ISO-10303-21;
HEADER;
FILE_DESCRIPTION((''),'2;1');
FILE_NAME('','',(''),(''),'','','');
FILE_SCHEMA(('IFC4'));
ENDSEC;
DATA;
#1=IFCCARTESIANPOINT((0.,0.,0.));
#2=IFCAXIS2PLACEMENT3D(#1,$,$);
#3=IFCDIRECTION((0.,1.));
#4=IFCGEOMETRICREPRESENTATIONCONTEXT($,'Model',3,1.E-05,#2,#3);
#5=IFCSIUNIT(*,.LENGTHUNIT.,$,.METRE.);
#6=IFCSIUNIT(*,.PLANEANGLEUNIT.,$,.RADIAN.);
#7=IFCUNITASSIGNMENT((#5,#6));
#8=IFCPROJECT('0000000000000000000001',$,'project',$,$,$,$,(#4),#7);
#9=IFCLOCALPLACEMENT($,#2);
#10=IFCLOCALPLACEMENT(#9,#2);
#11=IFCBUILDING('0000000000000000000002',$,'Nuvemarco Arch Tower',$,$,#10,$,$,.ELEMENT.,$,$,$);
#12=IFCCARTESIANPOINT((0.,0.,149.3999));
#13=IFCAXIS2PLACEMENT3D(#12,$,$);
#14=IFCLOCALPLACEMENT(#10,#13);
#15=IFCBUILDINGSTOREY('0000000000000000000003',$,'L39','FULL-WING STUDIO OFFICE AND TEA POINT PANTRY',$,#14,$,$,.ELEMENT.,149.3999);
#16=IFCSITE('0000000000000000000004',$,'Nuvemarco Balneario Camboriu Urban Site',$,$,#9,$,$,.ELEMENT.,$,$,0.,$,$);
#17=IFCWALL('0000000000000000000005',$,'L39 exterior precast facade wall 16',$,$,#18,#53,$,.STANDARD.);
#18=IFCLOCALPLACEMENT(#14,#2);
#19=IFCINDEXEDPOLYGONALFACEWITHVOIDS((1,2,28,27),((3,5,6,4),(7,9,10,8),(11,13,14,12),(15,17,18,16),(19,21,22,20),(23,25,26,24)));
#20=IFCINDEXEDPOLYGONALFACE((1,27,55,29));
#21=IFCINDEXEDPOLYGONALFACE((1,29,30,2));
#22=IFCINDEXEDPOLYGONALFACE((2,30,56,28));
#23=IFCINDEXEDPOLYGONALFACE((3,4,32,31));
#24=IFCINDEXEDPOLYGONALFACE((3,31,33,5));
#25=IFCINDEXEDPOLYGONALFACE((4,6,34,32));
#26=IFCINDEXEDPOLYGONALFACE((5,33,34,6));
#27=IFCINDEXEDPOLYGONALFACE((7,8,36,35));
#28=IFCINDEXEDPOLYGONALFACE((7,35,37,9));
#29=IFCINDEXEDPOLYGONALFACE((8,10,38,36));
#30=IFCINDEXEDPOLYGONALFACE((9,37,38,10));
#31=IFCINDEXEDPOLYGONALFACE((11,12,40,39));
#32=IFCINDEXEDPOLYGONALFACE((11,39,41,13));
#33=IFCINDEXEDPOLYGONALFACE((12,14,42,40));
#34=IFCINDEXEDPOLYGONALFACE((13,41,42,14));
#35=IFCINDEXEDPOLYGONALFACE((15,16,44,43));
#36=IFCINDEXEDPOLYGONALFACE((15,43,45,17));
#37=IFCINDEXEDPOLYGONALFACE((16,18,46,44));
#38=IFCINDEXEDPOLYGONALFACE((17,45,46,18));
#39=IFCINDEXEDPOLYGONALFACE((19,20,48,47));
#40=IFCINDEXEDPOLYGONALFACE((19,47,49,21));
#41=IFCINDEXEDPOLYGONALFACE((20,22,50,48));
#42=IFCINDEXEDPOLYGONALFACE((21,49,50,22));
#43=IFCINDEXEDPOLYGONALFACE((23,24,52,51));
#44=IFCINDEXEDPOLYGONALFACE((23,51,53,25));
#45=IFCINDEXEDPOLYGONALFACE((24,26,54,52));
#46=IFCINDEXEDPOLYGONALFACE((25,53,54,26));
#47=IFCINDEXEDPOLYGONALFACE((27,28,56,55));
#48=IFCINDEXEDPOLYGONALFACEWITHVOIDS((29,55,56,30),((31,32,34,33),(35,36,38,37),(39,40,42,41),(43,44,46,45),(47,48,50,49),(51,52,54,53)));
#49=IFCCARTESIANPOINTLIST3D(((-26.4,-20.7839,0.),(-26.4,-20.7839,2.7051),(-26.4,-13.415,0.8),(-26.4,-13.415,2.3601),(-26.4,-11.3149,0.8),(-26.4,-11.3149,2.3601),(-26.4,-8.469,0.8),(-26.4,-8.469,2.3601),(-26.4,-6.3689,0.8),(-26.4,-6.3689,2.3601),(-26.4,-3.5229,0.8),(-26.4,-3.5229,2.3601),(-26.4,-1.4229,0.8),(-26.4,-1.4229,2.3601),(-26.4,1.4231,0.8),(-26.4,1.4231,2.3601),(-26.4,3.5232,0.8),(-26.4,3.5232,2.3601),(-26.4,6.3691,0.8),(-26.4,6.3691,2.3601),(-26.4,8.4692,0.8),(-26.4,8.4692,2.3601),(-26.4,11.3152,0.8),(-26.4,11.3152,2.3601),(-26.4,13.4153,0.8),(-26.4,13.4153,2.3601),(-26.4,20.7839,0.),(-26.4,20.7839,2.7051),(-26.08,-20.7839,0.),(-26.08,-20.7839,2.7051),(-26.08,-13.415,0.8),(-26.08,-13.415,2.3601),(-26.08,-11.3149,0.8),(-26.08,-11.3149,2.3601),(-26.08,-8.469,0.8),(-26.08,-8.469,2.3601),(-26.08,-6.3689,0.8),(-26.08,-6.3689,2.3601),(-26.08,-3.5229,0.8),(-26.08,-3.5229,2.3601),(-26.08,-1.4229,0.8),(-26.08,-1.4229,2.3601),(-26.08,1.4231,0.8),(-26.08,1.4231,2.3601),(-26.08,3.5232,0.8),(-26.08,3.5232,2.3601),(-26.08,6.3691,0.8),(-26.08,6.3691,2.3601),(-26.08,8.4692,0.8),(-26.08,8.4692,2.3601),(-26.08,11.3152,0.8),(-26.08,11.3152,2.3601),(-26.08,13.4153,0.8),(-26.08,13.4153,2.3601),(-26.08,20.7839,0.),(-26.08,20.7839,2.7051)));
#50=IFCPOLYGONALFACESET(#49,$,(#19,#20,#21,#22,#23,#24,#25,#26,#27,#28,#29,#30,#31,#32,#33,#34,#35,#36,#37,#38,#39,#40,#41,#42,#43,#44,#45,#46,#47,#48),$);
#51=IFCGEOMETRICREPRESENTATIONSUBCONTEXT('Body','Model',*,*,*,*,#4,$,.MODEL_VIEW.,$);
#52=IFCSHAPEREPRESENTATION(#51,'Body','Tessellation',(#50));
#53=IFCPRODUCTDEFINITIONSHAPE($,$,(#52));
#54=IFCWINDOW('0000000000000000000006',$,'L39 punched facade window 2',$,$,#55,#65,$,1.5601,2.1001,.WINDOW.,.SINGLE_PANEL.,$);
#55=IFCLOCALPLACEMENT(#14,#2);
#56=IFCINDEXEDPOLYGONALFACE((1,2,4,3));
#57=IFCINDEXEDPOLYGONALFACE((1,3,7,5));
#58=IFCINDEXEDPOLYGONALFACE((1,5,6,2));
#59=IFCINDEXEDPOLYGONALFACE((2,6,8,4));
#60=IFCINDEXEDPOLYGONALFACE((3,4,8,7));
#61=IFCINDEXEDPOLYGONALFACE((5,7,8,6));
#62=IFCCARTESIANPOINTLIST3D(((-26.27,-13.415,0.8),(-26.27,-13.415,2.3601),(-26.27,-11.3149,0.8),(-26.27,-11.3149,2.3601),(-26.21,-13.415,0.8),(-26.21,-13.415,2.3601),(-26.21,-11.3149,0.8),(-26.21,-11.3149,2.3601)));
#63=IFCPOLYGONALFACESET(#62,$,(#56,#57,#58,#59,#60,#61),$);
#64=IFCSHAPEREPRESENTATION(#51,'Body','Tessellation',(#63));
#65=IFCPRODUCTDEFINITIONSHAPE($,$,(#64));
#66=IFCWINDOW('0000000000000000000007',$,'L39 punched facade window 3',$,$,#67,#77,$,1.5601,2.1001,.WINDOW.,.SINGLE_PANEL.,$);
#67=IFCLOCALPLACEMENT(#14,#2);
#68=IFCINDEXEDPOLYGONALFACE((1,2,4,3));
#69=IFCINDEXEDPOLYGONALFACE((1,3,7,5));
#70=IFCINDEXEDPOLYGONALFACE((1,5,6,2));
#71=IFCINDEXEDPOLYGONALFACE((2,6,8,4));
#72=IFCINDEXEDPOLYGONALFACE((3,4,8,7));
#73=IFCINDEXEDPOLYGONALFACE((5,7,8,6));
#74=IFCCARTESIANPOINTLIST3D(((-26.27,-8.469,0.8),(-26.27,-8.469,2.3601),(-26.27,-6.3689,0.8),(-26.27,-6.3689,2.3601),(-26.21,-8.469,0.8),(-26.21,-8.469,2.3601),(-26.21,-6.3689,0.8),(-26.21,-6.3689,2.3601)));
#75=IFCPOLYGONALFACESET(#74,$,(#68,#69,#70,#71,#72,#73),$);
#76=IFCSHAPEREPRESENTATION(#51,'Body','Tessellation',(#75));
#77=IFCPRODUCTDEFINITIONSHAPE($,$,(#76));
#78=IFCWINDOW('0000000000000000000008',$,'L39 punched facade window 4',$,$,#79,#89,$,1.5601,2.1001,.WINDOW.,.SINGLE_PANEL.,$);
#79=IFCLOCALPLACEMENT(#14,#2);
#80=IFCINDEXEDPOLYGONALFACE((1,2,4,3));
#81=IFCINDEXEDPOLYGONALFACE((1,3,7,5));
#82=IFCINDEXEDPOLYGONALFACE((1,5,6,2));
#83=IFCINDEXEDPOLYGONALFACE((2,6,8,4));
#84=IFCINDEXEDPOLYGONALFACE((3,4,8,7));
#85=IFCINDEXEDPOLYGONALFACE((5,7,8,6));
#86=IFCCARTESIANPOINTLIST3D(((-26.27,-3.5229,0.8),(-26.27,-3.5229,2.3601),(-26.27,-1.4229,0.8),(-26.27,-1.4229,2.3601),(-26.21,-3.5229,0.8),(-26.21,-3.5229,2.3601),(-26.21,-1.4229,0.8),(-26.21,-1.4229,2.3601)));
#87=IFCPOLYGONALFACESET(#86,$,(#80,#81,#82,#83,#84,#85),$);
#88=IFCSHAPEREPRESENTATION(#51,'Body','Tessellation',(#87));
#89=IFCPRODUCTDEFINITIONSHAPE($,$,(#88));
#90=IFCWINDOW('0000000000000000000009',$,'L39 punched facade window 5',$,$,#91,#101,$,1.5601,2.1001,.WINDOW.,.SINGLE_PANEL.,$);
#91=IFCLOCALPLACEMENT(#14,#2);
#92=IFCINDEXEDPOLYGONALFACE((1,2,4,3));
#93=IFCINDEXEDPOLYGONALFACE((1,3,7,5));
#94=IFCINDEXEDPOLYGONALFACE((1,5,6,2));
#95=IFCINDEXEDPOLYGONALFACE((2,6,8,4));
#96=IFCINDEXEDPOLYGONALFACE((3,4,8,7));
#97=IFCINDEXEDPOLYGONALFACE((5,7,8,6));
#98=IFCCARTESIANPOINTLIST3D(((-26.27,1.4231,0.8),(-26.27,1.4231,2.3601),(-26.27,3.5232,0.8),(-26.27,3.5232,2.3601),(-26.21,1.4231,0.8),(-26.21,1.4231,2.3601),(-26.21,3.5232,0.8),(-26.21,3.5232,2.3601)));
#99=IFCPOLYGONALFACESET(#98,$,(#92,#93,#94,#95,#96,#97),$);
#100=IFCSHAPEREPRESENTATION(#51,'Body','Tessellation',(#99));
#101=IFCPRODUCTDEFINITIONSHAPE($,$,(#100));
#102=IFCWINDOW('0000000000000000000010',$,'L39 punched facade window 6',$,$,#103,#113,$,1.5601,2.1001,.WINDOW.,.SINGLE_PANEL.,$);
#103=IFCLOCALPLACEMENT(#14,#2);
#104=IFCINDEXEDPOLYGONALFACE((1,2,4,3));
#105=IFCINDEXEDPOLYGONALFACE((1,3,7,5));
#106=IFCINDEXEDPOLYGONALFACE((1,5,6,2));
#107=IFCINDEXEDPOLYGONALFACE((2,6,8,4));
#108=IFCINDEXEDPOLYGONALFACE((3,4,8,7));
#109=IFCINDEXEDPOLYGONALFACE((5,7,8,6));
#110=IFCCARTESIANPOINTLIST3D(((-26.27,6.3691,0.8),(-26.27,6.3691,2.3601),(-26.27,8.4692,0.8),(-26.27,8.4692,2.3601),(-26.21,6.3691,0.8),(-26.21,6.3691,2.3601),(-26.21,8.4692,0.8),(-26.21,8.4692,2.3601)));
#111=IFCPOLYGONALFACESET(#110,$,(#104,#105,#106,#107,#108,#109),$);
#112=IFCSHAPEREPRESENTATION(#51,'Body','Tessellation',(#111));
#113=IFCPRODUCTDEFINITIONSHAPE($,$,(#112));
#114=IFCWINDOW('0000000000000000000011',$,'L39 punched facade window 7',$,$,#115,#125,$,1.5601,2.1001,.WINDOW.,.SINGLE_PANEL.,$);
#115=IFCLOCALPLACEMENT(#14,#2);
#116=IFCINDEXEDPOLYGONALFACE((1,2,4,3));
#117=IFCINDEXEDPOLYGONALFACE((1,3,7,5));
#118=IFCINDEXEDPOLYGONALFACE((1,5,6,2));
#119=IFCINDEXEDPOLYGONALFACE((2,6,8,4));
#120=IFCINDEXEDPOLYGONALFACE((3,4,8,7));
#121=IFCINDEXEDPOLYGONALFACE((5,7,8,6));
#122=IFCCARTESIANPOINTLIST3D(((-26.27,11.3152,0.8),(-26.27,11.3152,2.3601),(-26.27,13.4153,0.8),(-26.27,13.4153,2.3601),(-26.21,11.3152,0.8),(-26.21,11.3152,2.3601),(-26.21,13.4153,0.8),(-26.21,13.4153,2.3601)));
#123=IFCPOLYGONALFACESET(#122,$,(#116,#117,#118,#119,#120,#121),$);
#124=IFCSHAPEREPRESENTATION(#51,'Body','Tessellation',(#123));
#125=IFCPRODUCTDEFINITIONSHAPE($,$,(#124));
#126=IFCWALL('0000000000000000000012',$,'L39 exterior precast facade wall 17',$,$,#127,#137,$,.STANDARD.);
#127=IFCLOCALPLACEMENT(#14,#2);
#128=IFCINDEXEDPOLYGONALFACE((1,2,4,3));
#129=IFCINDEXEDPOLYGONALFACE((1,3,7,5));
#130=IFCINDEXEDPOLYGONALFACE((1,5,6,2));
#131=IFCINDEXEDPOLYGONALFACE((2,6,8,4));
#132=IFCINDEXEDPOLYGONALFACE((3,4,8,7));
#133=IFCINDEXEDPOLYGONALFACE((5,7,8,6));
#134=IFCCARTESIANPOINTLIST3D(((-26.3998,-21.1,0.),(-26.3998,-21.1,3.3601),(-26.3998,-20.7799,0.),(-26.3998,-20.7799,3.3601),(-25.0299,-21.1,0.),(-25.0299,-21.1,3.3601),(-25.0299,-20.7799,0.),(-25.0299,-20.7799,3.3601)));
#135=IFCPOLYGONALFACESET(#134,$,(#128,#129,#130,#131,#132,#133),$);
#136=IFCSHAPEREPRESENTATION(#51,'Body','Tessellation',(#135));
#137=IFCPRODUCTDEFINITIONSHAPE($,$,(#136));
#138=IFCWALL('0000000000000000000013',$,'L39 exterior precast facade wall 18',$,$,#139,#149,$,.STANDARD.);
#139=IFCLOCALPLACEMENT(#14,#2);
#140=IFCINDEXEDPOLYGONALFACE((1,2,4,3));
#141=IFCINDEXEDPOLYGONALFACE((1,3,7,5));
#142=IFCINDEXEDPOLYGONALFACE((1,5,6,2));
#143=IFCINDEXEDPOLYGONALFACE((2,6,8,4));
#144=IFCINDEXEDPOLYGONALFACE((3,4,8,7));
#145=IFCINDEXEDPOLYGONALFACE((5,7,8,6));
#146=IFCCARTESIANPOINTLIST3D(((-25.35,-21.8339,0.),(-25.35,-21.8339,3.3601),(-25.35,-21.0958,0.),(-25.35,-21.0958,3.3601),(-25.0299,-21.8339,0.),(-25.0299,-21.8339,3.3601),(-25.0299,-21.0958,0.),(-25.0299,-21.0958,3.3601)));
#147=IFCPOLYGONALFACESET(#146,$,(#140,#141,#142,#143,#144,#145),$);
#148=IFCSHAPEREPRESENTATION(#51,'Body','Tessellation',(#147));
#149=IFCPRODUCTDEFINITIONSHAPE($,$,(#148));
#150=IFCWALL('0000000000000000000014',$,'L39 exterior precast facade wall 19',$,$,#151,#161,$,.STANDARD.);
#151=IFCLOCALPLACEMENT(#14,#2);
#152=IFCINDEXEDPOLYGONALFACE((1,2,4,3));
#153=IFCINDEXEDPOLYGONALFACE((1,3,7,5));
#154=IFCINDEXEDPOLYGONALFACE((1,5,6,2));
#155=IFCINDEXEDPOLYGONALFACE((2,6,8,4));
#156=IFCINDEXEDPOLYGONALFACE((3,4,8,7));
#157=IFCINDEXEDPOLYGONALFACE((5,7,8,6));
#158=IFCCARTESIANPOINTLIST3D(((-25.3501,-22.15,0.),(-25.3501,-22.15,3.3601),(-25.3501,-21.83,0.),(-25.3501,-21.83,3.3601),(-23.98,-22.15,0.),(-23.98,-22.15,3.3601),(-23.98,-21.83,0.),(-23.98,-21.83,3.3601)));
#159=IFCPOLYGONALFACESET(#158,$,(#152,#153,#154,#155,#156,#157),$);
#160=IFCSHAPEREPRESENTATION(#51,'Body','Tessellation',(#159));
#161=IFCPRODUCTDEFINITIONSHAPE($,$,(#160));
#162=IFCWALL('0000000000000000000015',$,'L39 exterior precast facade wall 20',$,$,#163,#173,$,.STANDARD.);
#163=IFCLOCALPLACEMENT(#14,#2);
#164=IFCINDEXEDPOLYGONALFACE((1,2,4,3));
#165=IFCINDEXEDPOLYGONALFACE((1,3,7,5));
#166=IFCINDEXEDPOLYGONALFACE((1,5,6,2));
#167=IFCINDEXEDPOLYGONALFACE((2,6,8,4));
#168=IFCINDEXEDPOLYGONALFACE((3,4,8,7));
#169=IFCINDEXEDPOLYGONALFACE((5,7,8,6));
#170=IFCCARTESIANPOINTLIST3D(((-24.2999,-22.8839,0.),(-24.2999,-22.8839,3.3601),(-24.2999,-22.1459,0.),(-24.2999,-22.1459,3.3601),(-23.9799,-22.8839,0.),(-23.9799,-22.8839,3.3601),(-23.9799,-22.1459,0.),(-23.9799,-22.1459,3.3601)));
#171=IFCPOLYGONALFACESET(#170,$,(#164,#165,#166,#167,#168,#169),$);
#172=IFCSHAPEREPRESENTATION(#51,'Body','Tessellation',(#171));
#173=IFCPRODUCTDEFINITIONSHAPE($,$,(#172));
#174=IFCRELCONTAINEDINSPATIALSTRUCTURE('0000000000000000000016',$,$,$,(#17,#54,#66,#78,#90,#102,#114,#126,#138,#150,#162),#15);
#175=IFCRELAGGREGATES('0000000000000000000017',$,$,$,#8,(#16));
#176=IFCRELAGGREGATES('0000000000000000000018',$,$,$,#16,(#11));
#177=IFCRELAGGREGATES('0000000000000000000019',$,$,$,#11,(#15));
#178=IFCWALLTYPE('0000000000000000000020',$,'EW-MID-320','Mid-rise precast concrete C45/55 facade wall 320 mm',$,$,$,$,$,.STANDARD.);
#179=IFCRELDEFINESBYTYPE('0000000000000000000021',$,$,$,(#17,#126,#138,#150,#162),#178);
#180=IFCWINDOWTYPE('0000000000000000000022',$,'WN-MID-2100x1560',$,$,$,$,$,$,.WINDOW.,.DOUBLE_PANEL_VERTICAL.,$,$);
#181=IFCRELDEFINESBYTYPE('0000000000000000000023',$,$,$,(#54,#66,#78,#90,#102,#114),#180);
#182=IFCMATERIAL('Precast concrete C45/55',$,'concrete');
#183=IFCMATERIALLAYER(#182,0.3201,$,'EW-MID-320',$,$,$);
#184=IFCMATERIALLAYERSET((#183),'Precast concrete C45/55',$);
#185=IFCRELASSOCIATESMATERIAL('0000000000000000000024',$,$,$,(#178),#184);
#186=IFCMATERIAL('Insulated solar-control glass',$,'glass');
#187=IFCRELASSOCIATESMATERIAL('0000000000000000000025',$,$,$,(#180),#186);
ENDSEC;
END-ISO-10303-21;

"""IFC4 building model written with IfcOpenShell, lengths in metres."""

from ifc_helpers import new_model, si_unit, direction, frame, frame_2d, origin, place, context, subcontext, project, spatial, rectangle, extrude, source, transform, mapped, material, layer, layer_set, type_object, type_shapes, element, fill, save


model = new_model("IFC4")

# Units and contexts
model_context = context("Model", 3, precision=1e-05, world=origin(), true_north=direction((0.0, 1.0)))
body_context = subcontext(model_context, "Body", "Model", "MODEL_VIEW")
ifc_project = project(units=[si_unit("LENGTHUNIT", "METRE"), si_unit("PLANEANGLEUNIT", "RADIAN")], contexts=[model_context])

# Site, building, storey
site_placement = place(None, origin())
site = spatial("IfcSite", under=ifc_project, at=site_placement, Name="Nuvemarco Balneario Camboriu Urban Site", CompositionType="ELEMENT", RefElevation=0.0)
building_placement = place(site_placement, origin())
building = spatial("IfcBuilding", under=site, at=building_placement, Name="Nuvemarco Arch Tower", CompositionType="ELEMENT")
storey_placement = place(building_placement, frame((0.0, 0.0, 149.3999)))
storey = spatial("IfcBuildingStorey", under=building, at=storey_placement, Name="L39", Description="FULL-WING STUDIO OFFICE AND TEA POINT PANTRY", CompositionType="ELEMENT", Elevation=149.3999)

# Shared definitions
ifc_material_1 = material(Name="Precast concrete C45/55", Category="concrete")
ifc_layer_1 = layer(ifc_material_1, 0.3201, Name="EW-MID-320")
ifc_layer_set_1 = layer_set([ifc_layer_1], Name="Precast concrete C45/55")
wall_type_1 = type_object("IfcWallType", Name="EW-MID-320", Description="Mid-rise precast concrete C45/55 facade wall 320 mm", PredefinedType="STANDARD", material=ifc_layer_set_1)
ifc_material_2 = material(Name="Insulated solar-control glass", Category="glass")

# Wall, openings, windows
wall_1_placement = place(storey_placement, frame((-26.24, -20.7839, 0.0), z_axis=(0.0, 0.0, 1.0), x_axis=(0.0, 1.0, 0.0)))
wall_1 = element("IfcWall", 1, at=wall_1_placement, inside=storey, type_object=wall_type_1, Name="L39 exterior precast facade wall 16", PredefinedType="STANDARD", context=body_context, shape_type="SweptSolid", body=[
    extrude(rectangle(XDim=41.5679, YDim=0.3201, at=frame_2d((20.7839, 0.0))), origin(), (0.0, 0.0, 1.0), 2.7051),
])
opening_1_placement = place(wall_1_placement, frame((7.3689, 0.0, 0.8)))
opening_1 = element("IfcOpeningElement", 2, at=opening_1_placement, cuts=wall_1, PredefinedType="OPENING", context=body_context, shape_type="SweptSolid", body=[
    extrude(rectangle(XDim=2.1001, YDim=1.5601, at=frame_2d((1.05, 0.78))), frame((0.0, 0.1699, 0.0), z_axis=(0.0, -1.0, 0.0), x_axis=(1.0, 0.0, 0.0)), (0.0, 0.0, 1.0), 0.3401),
])
opening_2_placement = place(wall_1_placement, frame((12.3149, 0.0, 0.8)))
opening_2 = element("IfcOpeningElement", 3, at=opening_2_placement, cuts=wall_1, PredefinedType="OPENING", context=body_context, shape_type="SweptSolid", body=[
    extrude(rectangle(XDim=2.1001, YDim=1.5601, at=frame_2d((1.05, 0.78))), frame((0.0, 0.1699, 0.0), z_axis=(0.0, -1.0, 0.0), x_axis=(1.0, 0.0, 0.0)), (0.0, 0.0, 1.0), 0.3401),
])
opening_3_placement = place(wall_1_placement, frame((17.261, 0.0, 0.8)))
opening_3 = element("IfcOpeningElement", 4, at=opening_3_placement, cuts=wall_1, PredefinedType="OPENING", context=body_context, shape_type="SweptSolid", body=[
    extrude(rectangle(XDim=2.1001, YDim=1.5601, at=frame_2d((1.05, 0.78))), frame((0.0, 0.1699, 0.0), z_axis=(0.0, -1.0, 0.0), x_axis=(1.0, 0.0, 0.0)), (0.0, 0.0, 1.0), 0.3401),
])
opening_4_placement = place(wall_1_placement, frame((22.207, 0.0, 0.8)))
opening_4 = element("IfcOpeningElement", 5, at=opening_4_placement, cuts=wall_1, PredefinedType="OPENING", context=body_context, shape_type="SweptSolid", body=[
    extrude(rectangle(XDim=2.1001, YDim=1.5601, at=frame_2d((1.05, 0.78))), frame((0.0, 0.1699, 0.0), z_axis=(0.0, -1.0, 0.0), x_axis=(1.0, 0.0, 0.0)), (0.0, 0.0, 1.0), 0.3401),
])
opening_5_placement = place(wall_1_placement, frame((27.1531, 0.0, 0.8)))
opening_5 = element("IfcOpeningElement", 6, at=opening_5_placement, cuts=wall_1, PredefinedType="OPENING", context=body_context, shape_type="SweptSolid", body=[
    extrude(rectangle(XDim=2.1001, YDim=1.5601, at=frame_2d((1.05, 0.78))), frame((0.0, 0.1699, 0.0), z_axis=(0.0, -1.0, 0.0), x_axis=(1.0, 0.0, 0.0)), (0.0, 0.0, 1.0), 0.3401),
])
opening_6_placement = place(wall_1_placement, frame((32.0991, 0.0, 0.8)))
opening_6 = element("IfcOpeningElement", 7, at=opening_6_placement, cuts=wall_1, PredefinedType="OPENING", context=body_context, shape_type="SweptSolid", body=[
    extrude(rectangle(XDim=2.1001, YDim=1.5601, at=frame_2d((1.05, 0.78))), frame((0.0, 0.1699, 0.0), z_axis=(0.0, -1.0, 0.0), x_axis=(1.0, 0.0, 0.0)), (0.0, 0.0, 1.0), 0.3401),
])
window_type_1 = type_object("IfcWindowType", Name="WN-MID-2100x1560", PartitioningType="DOUBLE_PANEL_VERTICAL", PredefinedType="WINDOW", material=ifc_material_2)
shared_shape_1 = source(origin(), body_context, "Body", "SweptSolid", [
    extrude(rectangle(XDim=2.1001, YDim=1.5601, at=frame_2d((1.05, 0.78))), frame((0.0, 0.03, 0.0), z_axis=(0.0, -1.0, 0.0), x_axis=(1.0, 0.0, 0.0)), (0.0, 0.0, 1.0), 0.0601),
])
type_shapes(window_type_1, [shared_shape_1])
window_1_placement = place(opening_1_placement, origin())
window_1 = element("IfcWindow", 8, at=window_1_placement, inside=storey, type_object=window_type_1, Name="L39 punched facade window 2", OverallHeight=1.5601, OverallWidth=2.1001, PartitioningType="SINGLE_PANEL", PredefinedType="WINDOW", context=body_context, shape_type="MappedRepresentation", body=[
    mapped(shared_shape_1, transform((0.0, 0.0, 0.0), scale=1.0)),
])
fill(opening_1, window_1)
window_2_placement = place(opening_2_placement, origin())
window_2 = element("IfcWindow", 9, at=window_2_placement, inside=storey, type_object=window_type_1, Name="L39 punched facade window 3", OverallHeight=1.5601, OverallWidth=2.1001, PartitioningType="SINGLE_PANEL", PredefinedType="WINDOW", context=body_context, shape_type="MappedRepresentation", body=[
    mapped(shared_shape_1, transform((0.0, 0.0, 0.0), scale=1.0)),
])
fill(opening_2, window_2)
window_3_placement = place(opening_3_placement, origin())
window_3 = element("IfcWindow", 10, at=window_3_placement, inside=storey, type_object=window_type_1, Name="L39 punched facade window 4", OverallHeight=1.5601, OverallWidth=2.1001, PartitioningType="SINGLE_PANEL", PredefinedType="WINDOW", context=body_context, shape_type="MappedRepresentation", body=[
    mapped(shared_shape_1, transform((0.0, 0.0, 0.0), scale=1.0)),
])
fill(opening_3, window_3)
window_4_placement = place(opening_4_placement, origin())
window_4 = element("IfcWindow", 11, at=window_4_placement, inside=storey, type_object=window_type_1, Name="L39 punched facade window 5", OverallHeight=1.5601, OverallWidth=2.1001, PartitioningType="SINGLE_PANEL", PredefinedType="WINDOW", context=body_context, shape_type="MappedRepresentation", body=[
    mapped(shared_shape_1, transform((0.0, 0.0, 0.0), scale=1.0)),
])
fill(opening_4, window_4)
window_5_placement = place(opening_5_placement, origin())
window_5 = element("IfcWindow", 12, at=window_5_placement, inside=storey, type_object=window_type_1, Name="L39 punched facade window 6", OverallHeight=1.5601, OverallWidth=2.1001, PartitioningType="SINGLE_PANEL", PredefinedType="WINDOW", context=body_context, shape_type="MappedRepresentation", body=[
    mapped(shared_shape_1, transform((0.0, 0.0, 0.0), scale=1.0)),
])
fill(opening_5, window_5)
window_6_placement = place(opening_6_placement, origin())
window_6 = element("IfcWindow", 13, at=window_6_placement, inside=storey, type_object=window_type_1, Name="L39 punched facade window 7", OverallHeight=1.5601, OverallWidth=2.1001, PartitioningType="SINGLE_PANEL", PredefinedType="WINDOW", context=body_context, shape_type="MappedRepresentation", body=[
    mapped(shared_shape_1, transform((0.0, 0.0, 0.0), scale=1.0)),
])
fill(opening_6, window_6)

# Walls
wall_2_placement = place(storey_placement, frame((-26.3999, -20.9399, 0.0), z_axis=(0.0, 0.0, 1.0), x_axis=(1.0, 0.0, 0.0)))
element("IfcWall", 14, at=wall_2_placement, inside=storey, type_object=wall_type_1, Name="L39 exterior precast facade wall 17", PredefinedType="STANDARD", context=body_context, shape_type="SweptSolid", body=[
    extrude(rectangle(XDim=1.3699, YDim=0.3201, at=frame_2d((0.6851, 0.0))), origin(), (0.0, 0.0, 1.0), 3.3601),
])
wall_3_placement = place(storey_placement, frame((-25.1899, -21.834, 0.0), z_axis=(0.0, 0.0, 1.0), x_axis=(0.0, 1.0, 0.0)))
element("IfcWall", 15, at=wall_3_placement, inside=storey, type_object=wall_type_1, Name="L39 exterior precast facade wall 18", PredefinedType="STANDARD", context=body_context, shape_type="SweptSolid", body=[
    extrude(rectangle(XDim=0.738, YDim=0.3201, at=frame_2d((0.3691, 0.0))), origin(), (0.0, 0.0, 1.0), 3.3601),
])
wall_4_placement = place(storey_placement, frame((-25.3501, -21.99, 0.0), z_axis=(0.0, 0.0, 1.0), x_axis=(1.0, 0.0, 0.0)))
element("IfcWall", 16, at=wall_4_placement, inside=storey, type_object=wall_type_1, Name="L39 exterior precast facade wall 19", PredefinedType="STANDARD", context=body_context, shape_type="SweptSolid", body=[
    extrude(rectangle(XDim=1.3701, YDim=0.3201, at=frame_2d((0.6851, 0.0))), origin(), (0.0, 0.0, 1.0), 3.3601),
])
wall_5_placement = place(storey_placement, frame((-24.1399, -22.884, 0.0), z_axis=(0.0, 0.0, 1.0), x_axis=(0.0, 1.0, 0.0)))
element("IfcWall", 17, at=wall_5_placement, inside=storey, type_object=wall_type_1, Name="L39 exterior precast facade wall 20", PredefinedType="STANDARD", context=body_context, shape_type="SweptSolid", body=[
    extrude(rectangle(XDim=0.738, YDim=0.3201, at=frame_2d((0.3691, 0.0))), origin(), (0.0, 0.0, 1.0), 3.3601),
])

save(model, "model.ifc")
